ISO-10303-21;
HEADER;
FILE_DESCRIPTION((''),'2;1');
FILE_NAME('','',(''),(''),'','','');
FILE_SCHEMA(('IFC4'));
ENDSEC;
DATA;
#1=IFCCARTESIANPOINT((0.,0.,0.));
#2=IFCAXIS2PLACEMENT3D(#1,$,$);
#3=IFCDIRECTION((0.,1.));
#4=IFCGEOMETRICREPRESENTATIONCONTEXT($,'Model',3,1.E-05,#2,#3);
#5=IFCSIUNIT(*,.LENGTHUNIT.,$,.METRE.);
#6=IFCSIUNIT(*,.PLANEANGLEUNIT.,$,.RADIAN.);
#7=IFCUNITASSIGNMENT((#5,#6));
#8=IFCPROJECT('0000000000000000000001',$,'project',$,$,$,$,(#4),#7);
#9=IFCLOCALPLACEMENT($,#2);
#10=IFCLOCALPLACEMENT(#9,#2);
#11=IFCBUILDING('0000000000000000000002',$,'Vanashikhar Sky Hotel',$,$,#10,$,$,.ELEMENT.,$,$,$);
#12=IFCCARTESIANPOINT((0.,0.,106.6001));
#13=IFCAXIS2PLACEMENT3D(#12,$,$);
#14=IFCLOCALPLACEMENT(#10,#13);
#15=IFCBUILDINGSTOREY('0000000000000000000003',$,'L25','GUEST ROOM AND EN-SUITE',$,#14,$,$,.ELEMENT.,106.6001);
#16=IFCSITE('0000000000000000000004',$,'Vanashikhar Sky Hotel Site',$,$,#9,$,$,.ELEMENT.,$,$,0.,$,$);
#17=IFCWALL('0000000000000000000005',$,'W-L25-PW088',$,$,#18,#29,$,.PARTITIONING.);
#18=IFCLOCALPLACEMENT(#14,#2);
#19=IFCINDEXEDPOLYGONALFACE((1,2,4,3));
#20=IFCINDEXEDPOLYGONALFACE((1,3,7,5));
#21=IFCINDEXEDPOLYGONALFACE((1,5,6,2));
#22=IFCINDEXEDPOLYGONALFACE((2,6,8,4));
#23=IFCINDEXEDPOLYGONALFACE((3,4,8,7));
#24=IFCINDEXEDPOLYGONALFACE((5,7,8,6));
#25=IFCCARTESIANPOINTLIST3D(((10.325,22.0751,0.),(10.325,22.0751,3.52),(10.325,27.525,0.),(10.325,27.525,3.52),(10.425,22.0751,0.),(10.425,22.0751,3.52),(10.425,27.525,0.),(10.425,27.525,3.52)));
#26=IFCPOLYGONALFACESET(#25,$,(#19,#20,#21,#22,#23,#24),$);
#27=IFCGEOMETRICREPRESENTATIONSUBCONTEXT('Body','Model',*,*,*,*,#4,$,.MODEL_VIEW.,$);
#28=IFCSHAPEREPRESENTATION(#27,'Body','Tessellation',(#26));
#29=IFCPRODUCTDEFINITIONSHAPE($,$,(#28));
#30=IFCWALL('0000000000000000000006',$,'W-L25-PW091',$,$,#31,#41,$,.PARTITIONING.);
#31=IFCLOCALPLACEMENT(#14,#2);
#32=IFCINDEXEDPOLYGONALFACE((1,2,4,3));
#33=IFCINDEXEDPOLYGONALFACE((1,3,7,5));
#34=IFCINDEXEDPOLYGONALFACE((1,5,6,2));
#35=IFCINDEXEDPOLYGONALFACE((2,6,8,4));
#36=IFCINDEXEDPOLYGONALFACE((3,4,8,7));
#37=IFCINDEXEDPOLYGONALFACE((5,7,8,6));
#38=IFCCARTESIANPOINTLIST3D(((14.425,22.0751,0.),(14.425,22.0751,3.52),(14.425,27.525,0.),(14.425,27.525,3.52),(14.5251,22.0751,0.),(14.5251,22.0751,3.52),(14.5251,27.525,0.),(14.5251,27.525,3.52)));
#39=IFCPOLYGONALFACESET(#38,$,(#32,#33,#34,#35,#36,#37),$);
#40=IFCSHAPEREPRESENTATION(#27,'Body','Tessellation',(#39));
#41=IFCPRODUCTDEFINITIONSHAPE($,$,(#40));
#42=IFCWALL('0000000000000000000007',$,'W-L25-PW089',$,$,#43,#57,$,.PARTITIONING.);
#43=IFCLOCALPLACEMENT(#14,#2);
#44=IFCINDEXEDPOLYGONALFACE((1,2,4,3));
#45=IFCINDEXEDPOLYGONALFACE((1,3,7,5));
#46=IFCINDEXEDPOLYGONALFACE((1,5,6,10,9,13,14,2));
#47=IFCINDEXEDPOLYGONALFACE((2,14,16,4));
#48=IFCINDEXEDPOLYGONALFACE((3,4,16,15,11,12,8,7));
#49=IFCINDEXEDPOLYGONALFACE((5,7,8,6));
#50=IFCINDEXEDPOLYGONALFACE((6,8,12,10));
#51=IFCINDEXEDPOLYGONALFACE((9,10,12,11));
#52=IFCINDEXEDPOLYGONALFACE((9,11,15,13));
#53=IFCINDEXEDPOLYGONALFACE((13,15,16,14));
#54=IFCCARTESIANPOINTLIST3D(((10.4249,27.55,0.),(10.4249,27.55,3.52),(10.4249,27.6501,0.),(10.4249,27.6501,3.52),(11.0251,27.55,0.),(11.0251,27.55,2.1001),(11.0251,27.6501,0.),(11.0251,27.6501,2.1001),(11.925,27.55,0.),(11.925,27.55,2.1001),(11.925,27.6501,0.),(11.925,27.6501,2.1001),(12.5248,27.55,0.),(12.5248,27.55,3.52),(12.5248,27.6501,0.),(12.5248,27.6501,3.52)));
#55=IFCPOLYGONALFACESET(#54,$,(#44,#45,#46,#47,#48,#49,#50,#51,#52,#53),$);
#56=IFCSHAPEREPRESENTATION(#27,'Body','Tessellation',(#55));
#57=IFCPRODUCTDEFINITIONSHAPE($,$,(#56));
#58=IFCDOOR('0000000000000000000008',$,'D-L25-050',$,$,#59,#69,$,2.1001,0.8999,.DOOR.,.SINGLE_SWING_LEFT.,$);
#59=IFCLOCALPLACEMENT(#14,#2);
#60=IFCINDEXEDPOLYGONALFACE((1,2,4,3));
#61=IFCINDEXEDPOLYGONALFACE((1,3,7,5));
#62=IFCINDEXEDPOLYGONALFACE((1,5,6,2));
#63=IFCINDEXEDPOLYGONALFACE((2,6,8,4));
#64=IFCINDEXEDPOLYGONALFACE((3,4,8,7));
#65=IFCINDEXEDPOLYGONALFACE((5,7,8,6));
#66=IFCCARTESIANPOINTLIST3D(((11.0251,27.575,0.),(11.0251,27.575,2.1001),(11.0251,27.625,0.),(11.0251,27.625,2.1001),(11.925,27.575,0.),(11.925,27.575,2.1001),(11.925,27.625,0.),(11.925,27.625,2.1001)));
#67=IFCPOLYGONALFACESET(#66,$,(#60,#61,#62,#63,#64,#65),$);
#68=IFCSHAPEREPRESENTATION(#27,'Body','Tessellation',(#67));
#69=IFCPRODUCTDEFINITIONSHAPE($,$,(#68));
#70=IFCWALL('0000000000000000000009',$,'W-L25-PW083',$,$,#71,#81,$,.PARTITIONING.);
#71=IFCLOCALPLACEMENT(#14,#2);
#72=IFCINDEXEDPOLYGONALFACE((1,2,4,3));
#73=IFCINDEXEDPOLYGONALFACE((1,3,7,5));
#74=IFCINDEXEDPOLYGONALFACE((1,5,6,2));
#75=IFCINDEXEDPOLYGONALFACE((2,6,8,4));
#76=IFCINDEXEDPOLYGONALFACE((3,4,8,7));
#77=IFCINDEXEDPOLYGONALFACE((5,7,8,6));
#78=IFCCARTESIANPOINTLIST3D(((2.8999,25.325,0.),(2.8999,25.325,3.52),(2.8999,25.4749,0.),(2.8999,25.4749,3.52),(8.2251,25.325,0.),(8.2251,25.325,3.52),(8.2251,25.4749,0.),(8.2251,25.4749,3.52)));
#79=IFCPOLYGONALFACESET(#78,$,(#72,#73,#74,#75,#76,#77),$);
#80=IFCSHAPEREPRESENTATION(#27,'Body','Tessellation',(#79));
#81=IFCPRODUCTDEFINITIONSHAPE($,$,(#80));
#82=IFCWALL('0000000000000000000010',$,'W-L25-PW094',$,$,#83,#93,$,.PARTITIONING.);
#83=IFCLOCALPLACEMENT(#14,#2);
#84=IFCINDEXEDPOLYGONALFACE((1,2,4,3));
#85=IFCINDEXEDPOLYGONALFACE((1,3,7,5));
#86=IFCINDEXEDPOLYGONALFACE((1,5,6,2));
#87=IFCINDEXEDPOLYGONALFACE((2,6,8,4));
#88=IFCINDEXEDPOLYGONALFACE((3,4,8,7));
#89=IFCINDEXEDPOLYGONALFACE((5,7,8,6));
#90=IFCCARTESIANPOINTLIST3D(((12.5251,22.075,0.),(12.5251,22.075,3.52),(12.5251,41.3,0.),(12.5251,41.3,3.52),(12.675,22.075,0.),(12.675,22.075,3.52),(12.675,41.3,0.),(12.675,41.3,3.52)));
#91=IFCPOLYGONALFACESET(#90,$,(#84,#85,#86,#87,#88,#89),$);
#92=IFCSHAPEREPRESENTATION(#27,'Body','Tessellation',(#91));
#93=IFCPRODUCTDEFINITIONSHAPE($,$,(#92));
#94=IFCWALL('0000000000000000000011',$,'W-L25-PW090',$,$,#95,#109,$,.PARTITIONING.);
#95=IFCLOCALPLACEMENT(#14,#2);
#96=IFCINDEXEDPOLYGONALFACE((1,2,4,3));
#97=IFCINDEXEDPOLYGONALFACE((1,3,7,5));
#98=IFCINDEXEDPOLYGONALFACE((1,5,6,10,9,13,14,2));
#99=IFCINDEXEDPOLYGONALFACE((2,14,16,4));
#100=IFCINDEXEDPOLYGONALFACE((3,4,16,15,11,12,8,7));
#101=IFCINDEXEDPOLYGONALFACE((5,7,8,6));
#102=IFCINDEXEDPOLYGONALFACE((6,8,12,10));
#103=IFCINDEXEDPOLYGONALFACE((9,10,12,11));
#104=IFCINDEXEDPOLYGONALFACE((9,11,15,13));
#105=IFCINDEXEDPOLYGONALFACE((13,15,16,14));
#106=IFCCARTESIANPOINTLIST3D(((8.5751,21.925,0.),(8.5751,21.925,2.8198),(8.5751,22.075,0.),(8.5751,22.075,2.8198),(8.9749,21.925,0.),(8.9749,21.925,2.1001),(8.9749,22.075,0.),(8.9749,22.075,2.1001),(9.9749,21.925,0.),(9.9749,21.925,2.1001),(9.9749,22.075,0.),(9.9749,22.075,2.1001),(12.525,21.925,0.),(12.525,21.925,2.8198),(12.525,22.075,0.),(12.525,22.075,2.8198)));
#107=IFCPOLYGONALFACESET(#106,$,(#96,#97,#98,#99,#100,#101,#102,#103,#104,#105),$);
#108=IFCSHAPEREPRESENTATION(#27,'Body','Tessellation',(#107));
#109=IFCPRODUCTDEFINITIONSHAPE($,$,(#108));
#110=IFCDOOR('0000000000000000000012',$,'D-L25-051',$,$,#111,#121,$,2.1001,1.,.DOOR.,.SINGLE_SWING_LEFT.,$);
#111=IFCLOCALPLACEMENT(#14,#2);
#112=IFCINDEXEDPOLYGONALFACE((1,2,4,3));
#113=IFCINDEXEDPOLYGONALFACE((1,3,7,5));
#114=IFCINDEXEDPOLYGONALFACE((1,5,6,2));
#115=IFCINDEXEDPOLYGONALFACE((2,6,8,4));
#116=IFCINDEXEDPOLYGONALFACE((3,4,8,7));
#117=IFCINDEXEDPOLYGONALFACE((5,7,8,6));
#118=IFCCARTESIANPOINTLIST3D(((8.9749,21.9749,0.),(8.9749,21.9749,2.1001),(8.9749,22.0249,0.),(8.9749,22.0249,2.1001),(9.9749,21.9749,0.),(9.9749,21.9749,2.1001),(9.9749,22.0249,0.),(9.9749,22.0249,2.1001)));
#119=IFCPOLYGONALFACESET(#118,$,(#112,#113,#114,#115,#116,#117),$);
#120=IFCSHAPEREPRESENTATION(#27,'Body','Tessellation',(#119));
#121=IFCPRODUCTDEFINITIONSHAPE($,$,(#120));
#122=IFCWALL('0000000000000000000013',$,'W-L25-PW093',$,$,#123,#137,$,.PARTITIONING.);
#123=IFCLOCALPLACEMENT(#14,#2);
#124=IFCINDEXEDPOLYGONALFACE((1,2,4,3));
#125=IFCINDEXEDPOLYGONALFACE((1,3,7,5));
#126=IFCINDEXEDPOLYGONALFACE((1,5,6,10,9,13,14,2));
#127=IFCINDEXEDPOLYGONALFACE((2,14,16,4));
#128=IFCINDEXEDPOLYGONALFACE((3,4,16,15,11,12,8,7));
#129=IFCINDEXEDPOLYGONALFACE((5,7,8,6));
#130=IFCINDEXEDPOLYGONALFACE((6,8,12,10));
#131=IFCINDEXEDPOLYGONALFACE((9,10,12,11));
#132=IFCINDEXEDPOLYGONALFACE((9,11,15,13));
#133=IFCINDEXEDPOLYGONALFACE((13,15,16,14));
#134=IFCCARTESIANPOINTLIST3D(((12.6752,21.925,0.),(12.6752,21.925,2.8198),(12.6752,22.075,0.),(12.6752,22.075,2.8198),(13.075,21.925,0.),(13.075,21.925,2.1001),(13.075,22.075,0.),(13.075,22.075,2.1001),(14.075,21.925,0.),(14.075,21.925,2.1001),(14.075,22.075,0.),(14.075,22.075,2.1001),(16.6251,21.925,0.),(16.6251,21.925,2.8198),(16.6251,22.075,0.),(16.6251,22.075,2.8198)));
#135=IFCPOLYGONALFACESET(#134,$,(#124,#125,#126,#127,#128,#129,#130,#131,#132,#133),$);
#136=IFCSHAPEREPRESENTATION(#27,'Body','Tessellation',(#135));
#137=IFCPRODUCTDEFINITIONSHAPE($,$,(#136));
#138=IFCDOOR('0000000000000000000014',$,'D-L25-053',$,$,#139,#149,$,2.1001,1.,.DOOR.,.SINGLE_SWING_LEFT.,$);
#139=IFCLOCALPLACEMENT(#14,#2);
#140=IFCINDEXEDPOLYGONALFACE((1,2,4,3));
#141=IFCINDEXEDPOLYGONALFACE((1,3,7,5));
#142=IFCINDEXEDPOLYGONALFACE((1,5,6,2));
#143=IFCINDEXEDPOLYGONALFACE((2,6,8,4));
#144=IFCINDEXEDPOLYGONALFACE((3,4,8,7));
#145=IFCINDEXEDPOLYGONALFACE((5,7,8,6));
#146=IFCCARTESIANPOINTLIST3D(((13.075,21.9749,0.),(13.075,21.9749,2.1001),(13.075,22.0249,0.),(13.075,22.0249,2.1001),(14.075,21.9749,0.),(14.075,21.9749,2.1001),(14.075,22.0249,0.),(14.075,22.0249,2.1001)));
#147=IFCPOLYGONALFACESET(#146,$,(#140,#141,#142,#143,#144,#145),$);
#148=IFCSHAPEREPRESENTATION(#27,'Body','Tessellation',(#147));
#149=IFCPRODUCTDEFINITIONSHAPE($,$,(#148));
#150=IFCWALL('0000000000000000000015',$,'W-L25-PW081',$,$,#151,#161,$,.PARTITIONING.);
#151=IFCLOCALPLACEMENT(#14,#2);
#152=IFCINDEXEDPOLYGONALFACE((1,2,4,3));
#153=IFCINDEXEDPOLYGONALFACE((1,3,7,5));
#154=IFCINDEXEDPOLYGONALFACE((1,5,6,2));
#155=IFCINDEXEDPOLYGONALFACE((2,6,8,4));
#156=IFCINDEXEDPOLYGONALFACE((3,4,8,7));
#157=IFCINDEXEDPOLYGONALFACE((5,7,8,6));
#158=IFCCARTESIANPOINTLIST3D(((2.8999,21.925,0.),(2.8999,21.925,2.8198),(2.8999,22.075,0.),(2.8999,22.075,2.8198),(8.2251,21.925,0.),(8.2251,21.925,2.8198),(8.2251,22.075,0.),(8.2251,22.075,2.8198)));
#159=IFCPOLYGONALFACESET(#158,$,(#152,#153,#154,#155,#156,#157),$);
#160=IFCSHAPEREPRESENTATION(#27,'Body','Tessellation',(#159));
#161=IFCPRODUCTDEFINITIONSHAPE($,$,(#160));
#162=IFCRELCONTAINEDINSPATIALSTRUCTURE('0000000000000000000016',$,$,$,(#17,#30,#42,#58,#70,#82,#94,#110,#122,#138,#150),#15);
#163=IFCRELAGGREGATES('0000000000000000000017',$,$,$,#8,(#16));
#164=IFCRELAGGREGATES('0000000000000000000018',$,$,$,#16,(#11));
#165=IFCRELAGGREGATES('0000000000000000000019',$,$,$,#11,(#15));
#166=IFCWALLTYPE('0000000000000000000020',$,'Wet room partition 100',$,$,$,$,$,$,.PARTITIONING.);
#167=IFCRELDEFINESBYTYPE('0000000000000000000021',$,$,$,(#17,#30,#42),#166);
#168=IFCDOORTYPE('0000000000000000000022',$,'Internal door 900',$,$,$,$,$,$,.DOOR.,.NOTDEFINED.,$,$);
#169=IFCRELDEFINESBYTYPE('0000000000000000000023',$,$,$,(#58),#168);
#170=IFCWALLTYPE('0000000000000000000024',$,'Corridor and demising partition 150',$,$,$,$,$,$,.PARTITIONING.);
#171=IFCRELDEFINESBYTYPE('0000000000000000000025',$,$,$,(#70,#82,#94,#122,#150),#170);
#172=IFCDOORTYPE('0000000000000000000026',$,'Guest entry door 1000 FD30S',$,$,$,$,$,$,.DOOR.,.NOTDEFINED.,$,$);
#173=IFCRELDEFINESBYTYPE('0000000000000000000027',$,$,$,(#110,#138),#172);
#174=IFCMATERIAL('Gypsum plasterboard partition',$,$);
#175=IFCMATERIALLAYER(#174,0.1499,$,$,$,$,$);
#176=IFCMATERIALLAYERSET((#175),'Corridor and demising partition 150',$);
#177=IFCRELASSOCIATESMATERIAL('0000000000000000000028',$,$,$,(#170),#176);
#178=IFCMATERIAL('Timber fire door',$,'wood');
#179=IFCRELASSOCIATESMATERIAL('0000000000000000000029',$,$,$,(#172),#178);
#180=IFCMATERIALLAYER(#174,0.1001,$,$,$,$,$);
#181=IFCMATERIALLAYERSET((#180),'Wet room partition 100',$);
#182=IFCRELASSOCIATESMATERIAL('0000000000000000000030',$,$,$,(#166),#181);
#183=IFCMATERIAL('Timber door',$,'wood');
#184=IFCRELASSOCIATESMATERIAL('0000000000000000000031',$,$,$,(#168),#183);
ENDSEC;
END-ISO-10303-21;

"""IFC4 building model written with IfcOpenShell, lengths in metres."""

from ifc_helpers import new_model, si_unit, direction, frame, frame_2d, origin, place, context, subcontext, project, spatial, rectangle, extrude, source, transform, mapped, material, layer, layer_set, type_object, element, fill, save


model = new_model("IFC4")

# Units and contexts
model_context = context("Model", 3, precision=1e-05, world=origin(), true_north=direction((0.0, 1.0)))
body_context = subcontext(model_context, "Body", "Model", "MODEL_VIEW")
ifc_project = project(units=[si_unit("LENGTHUNIT", "METRE"), si_unit("PLANEANGLEUNIT", "RADIAN")], contexts=[model_context])

# Site, building, storey
site_placement = place(None, origin())
site = spatial("IfcSite", under=ifc_project, at=site_placement, Name="Vanashikhar Sky Hotel Site", CompositionType="ELEMENT", RefElevation=0.0)
building_placement = place(site_placement, origin())
building = spatial("IfcBuilding", under=site, at=building_placement, Name="Vanashikhar Sky Hotel", CompositionType="ELEMENT")
storey_placement = place(building_placement, frame((0.0, 0.0, 106.6001)))
storey = spatial("IfcBuildingStorey", under=building, at=storey_placement, Name="L25", Description="GUEST ROOM AND EN-SUITE", CompositionType="ELEMENT", Elevation=106.6001)

# Shared definitions
ifc_material_1 = material(Name="Gypsum plasterboard partition")
ifc_layer_1 = layer(ifc_material_1, 0.1499)
ifc_layer_set_1 = layer_set([ifc_layer_1], Name="Corridor and demising partition 150")
wall_type_1 = type_object("IfcWallType", Name="Corridor and demising partition 150", PredefinedType="PARTITIONING", material=ifc_layer_set_1)
shared_shape_1 = source(origin(), body_context, "Body", "SweptSolid", [
    extrude(rectangle(XDim=1.0, YDim=2.1001, at=frame_2d((0.5, 1.05))), frame((0.0, 0.085, 0.0), z_axis=(0.0, -1.0, 0.0), x_axis=(1.0, 0.0, 0.0)), (0.0, 0.0, 1.0), 0.1699),
])
ifc_material_2 = material(Name="Timber fire door", Category="wood")
door_type_1 = type_object("IfcDoorType", Name="Guest entry door 1000 FD30S", OperationType="NOTDEFINED", PredefinedType="DOOR", material=ifc_material_2)
shared_shape_2 = source(origin(), body_context, "Body", "SweptSolid", [
    extrude(rectangle(XDim=1.0, YDim=2.1001, at=frame_2d((0.5, 1.05))), frame((0.0, 0.0249, 0.0), z_axis=(0.0, -1.0, 0.0), x_axis=(1.0, 0.0, 0.0)), (0.0, 0.0, 1.0), 0.05),
])

# Walls
ifc_layer_2 = layer(ifc_material_1, 0.1001)
ifc_layer_set_2 = layer_set([ifc_layer_2], Name="Wet room partition 100")
wall_type_2 = type_object("IfcWallType", Name="Wet room partition 100", PredefinedType="PARTITIONING", material=ifc_layer_set_2)
shared_shape_3 = source(origin(), body_context, "Body", "SweptSolid", [
    extrude(rectangle(XDim=5.45, YDim=0.1001, at=frame_2d((2.7251, 0.0))), origin(), (0.0, 0.0, 1.0), 3.52),
])
for number, where, z_axis, x_axis, name in (
    (1, (10.375, 22.075, 0.0), (0.0, 0.0, 1.0), (0.0, 1.0, 0.0), "W-L25-PW088"),
    (2, (14.4751, 22.075, 0.0), (0.0, 0.0, 1.0), (0.0, 1.0, 0.0), "W-L25-PW091"),
):
    element("IfcWall", number, at=place(storey_placement, frame(where, z_axis=z_axis, x_axis=x_axis)), inside=storey, type_object=wall_type_2, Name=name, PredefinedType="PARTITIONING", context=body_context, shape_type="MappedRepresentation", body=[
        mapped(shared_shape_3, transform((0.0, 0.0, 0.0), scale=1.0)),
    ])

# Wall, opening, door
shared_shape_4 = source(origin(), body_context, "Body", "SweptSolid", [
    extrude(rectangle(XDim=2.0999, YDim=0.1001, at=frame_2d((1.0498, 0.0))), origin(), (0.0, 0.0, 1.0), 3.52),
])
wall_1_placement = place(storey_placement, frame((10.425, 27.6001, 0.0), z_axis=(0.0, 0.0, 1.0), x_axis=(1.0, 0.0, 0.0)))
wall_1 = element("IfcWall", 3, at=wall_1_placement, inside=storey, type_object=wall_type_2, Name="W-L25-PW089", PredefinedType="PARTITIONING", context=body_context, shape_type="MappedRepresentation", body=[
    mapped(shared_shape_4, transform((0.0, 0.0, 0.0), scale=1.0)),
])
shared_shape_5 = source(origin(), body_context, "Body", "SweptSolid", [
    extrude(rectangle(XDim=0.8999, YDim=2.1001, at=frame_2d((0.45, 1.05))), frame((0.0, 0.0601, 0.0), z_axis=(0.0, -1.0, 0.0), x_axis=(1.0, 0.0, 0.0)), (0.0, 0.0, 1.0), 0.1201),
])
opening_1_placement = place(wall_1_placement, frame((0.6001, 0.0, 0.0)))
opening_1 = element("IfcOpeningElement", 4, at=opening_1_placement, cuts=wall_1, PredefinedType="OPENING", context=body_context, shape_type="MappedRepresentation", body=[
    mapped(shared_shape_5, transform((0.0, 0.0, 0.0), scale=1.0)),
])
ifc_material_3 = material(Name="Timber door", Category="wood")
door_type_2 = type_object("IfcDoorType", Name="Internal door 900", OperationType="NOTDEFINED", PredefinedType="DOOR", material=ifc_material_3)
shared_shape_6 = source(origin(), body_context, "Body", "SweptSolid", [
    extrude(rectangle(XDim=0.8999, YDim=2.1001, at=frame_2d((0.45, 1.05))), frame((0.0, 0.0249, 0.0), z_axis=(0.0, -1.0, 0.0), x_axis=(1.0, 0.0, 0.0)), (0.0, 0.0, 1.0), 0.05),
])
door_1_placement = place(opening_1_placement, origin())
door_1 = element("IfcDoor", 5, at=door_1_placement, inside=storey, type_object=door_type_2, Name="D-L25-050", OperationType="SINGLE_SWING_LEFT", OverallHeight=2.1001, OverallWidth=0.8999, PredefinedType="DOOR", context=body_context, shape_type="MappedRepresentation", body=[
    mapped(shared_shape_6, transform((0.0, 0.0, 0.0), scale=1.0)),
])
fill(opening_1, door_1)

# Walls
shared_shape_7 = source(origin(), body_context, "Body", "SweptSolid", [
    extrude(rectangle(XDim=5.3252, YDim=0.1499, at=frame_2d((2.6626, 0.0))), origin(), (0.0, 0.0, 1.0), 3.52),
])
wall_2_placement = place(storey_placement, frame((2.8999, 25.3999, 0.0), z_axis=(0.0, 0.0, 1.0), x_axis=(1.0, 0.0, 0.0)))
element("IfcWall", 6, at=wall_2_placement, inside=storey, type_object=wall_type_1, Name="W-L25-PW083", PredefinedType="PARTITIONING", context=body_context, shape_type="MappedRepresentation", body=[
    mapped(shared_shape_7, transform((0.0, 0.0, 0.0), scale=1.0)),
])
shared_shape_8 = source(origin(), body_context, "Body", "SweptSolid", [
    extrude(rectangle(XDim=19.2251, YDim=0.1499, at=frame_2d((9.6125, 0.0))), origin(), (0.0, 0.0, 1.0), 3.52),
])
wall_3_placement = place(storey_placement, frame((12.6001, 22.075, 0.0), z_axis=(0.0, 0.0, 1.0), x_axis=(0.0, 1.0, 0.0)))
element("IfcWall", 7, at=wall_3_placement, inside=storey, type_object=wall_type_1, Name="W-L25-PW094", PredefinedType="PARTITIONING", context=body_context, shape_type="MappedRepresentation", body=[
    mapped(shared_shape_8, transform((0.0, 0.0, 0.0), scale=1.0)),
])

# Walls, openings, doors
shared_shape_9 = source(origin(), body_context, "Body", "SweptSolid", [
    extrude(rectangle(XDim=3.95, YDim=0.1499, at=frame_2d((1.9751, 0.0))), origin(), (0.0, 0.0, 1.0), 2.8198),
])
wall_4_placement = place(storey_placement, frame((8.575, 22.0, 0.0), z_axis=(0.0, 0.0, 1.0), x_axis=(1.0, 0.0, 0.0)))
wall_4 = element("IfcWall", 8, at=wall_4_placement, inside=storey, type_object=wall_type_1, Name="W-L25-PW090", PredefinedType="PARTITIONING", context=body_context, shape_type="MappedRepresentation", body=[
    mapped(shared_shape_9, transform((0.0, 0.0, 0.0), scale=1.0)),
])
opening_2_placement = place(wall_4_placement, frame((0.3999, 0.0, 0.0)))
opening_2 = element("IfcOpeningElement", 9, at=opening_2_placement, cuts=wall_4, PredefinedType="OPENING", context=body_context, shape_type="MappedRepresentation", body=[
    mapped(shared_shape_1, transform((0.0, 0.0, 0.0), scale=1.0)),
])
door_2_placement = place(opening_2_placement, origin())
door_2 = element("IfcDoor", 10, at=door_2_placement, inside=storey, type_object=door_type_1, Name="D-L25-051", OperationType="SINGLE_SWING_LEFT", OverallHeight=2.1001, OverallWidth=1.0, PredefinedType="DOOR", context=body_context, shape_type="MappedRepresentation", body=[
    mapped(shared_shape_2, transform((0.0, 0.0, 0.0), scale=1.0)),
])
fill(opening_2, door_2)
wall_5_placement = place(storey_placement, frame((12.675, 22.0, 0.0), z_axis=(0.0, 0.0, 1.0), x_axis=(1.0, 0.0, 0.0)))
wall_5 = element("IfcWall", 11, at=wall_5_placement, inside=storey, type_object=wall_type_1, Name="W-L25-PW093", PredefinedType="PARTITIONING", context=body_context, shape_type="MappedRepresentation", body=[
    mapped(shared_shape_9, transform((0.0, 0.0, 0.0), scale=1.0)),
])
opening_3_placement = place(wall_5_placement, frame((0.3999, 0.0, 0.0)))
opening_3 = element("IfcOpeningElement", 12, at=opening_3_placement, cuts=wall_5, PredefinedType="OPENING", context=body_context, shape_type="MappedRepresentation", body=[
    mapped(shared_shape_1, transform((0.0, 0.0, 0.0), scale=1.0)),
])
door_3_placement = place(opening_3_placement, origin())
door_3 = element("IfcDoor", 13, at=door_3_placement, inside=storey, type_object=door_type_1, Name="D-L25-053", OperationType="SINGLE_SWING_LEFT", OverallHeight=2.1001, OverallWidth=1.0, PredefinedType="DOOR", context=body_context, shape_type="MappedRepresentation", body=[
    mapped(shared_shape_2, transform((0.0, 0.0, 0.0), scale=1.0)),
])
fill(opening_3, door_3)

# Wall
shared_shape_10 = source(origin(), body_context, "Body", "SweptSolid", [
    extrude(rectangle(XDim=5.3252, YDim=0.1499, at=frame_2d((2.6626, 0.0))), origin(), (0.0, 0.0, 1.0), 2.8198),
])
wall_6_placement = place(storey_placement, frame((2.8999, 22.0, 0.0), z_axis=(0.0, 0.0, 1.0), x_axis=(1.0, 0.0, 0.0)))
element("IfcWall", 14, at=wall_6_placement, inside=storey, type_object=wall_type_1, Name="W-L25-PW081", PredefinedType="PARTITIONING", context=body_context, shape_type="MappedRepresentation", body=[
    mapped(shared_shape_10, transform((0.0, 0.0, 0.0), scale=1.0)),
])

save(model, "model.ifc")
